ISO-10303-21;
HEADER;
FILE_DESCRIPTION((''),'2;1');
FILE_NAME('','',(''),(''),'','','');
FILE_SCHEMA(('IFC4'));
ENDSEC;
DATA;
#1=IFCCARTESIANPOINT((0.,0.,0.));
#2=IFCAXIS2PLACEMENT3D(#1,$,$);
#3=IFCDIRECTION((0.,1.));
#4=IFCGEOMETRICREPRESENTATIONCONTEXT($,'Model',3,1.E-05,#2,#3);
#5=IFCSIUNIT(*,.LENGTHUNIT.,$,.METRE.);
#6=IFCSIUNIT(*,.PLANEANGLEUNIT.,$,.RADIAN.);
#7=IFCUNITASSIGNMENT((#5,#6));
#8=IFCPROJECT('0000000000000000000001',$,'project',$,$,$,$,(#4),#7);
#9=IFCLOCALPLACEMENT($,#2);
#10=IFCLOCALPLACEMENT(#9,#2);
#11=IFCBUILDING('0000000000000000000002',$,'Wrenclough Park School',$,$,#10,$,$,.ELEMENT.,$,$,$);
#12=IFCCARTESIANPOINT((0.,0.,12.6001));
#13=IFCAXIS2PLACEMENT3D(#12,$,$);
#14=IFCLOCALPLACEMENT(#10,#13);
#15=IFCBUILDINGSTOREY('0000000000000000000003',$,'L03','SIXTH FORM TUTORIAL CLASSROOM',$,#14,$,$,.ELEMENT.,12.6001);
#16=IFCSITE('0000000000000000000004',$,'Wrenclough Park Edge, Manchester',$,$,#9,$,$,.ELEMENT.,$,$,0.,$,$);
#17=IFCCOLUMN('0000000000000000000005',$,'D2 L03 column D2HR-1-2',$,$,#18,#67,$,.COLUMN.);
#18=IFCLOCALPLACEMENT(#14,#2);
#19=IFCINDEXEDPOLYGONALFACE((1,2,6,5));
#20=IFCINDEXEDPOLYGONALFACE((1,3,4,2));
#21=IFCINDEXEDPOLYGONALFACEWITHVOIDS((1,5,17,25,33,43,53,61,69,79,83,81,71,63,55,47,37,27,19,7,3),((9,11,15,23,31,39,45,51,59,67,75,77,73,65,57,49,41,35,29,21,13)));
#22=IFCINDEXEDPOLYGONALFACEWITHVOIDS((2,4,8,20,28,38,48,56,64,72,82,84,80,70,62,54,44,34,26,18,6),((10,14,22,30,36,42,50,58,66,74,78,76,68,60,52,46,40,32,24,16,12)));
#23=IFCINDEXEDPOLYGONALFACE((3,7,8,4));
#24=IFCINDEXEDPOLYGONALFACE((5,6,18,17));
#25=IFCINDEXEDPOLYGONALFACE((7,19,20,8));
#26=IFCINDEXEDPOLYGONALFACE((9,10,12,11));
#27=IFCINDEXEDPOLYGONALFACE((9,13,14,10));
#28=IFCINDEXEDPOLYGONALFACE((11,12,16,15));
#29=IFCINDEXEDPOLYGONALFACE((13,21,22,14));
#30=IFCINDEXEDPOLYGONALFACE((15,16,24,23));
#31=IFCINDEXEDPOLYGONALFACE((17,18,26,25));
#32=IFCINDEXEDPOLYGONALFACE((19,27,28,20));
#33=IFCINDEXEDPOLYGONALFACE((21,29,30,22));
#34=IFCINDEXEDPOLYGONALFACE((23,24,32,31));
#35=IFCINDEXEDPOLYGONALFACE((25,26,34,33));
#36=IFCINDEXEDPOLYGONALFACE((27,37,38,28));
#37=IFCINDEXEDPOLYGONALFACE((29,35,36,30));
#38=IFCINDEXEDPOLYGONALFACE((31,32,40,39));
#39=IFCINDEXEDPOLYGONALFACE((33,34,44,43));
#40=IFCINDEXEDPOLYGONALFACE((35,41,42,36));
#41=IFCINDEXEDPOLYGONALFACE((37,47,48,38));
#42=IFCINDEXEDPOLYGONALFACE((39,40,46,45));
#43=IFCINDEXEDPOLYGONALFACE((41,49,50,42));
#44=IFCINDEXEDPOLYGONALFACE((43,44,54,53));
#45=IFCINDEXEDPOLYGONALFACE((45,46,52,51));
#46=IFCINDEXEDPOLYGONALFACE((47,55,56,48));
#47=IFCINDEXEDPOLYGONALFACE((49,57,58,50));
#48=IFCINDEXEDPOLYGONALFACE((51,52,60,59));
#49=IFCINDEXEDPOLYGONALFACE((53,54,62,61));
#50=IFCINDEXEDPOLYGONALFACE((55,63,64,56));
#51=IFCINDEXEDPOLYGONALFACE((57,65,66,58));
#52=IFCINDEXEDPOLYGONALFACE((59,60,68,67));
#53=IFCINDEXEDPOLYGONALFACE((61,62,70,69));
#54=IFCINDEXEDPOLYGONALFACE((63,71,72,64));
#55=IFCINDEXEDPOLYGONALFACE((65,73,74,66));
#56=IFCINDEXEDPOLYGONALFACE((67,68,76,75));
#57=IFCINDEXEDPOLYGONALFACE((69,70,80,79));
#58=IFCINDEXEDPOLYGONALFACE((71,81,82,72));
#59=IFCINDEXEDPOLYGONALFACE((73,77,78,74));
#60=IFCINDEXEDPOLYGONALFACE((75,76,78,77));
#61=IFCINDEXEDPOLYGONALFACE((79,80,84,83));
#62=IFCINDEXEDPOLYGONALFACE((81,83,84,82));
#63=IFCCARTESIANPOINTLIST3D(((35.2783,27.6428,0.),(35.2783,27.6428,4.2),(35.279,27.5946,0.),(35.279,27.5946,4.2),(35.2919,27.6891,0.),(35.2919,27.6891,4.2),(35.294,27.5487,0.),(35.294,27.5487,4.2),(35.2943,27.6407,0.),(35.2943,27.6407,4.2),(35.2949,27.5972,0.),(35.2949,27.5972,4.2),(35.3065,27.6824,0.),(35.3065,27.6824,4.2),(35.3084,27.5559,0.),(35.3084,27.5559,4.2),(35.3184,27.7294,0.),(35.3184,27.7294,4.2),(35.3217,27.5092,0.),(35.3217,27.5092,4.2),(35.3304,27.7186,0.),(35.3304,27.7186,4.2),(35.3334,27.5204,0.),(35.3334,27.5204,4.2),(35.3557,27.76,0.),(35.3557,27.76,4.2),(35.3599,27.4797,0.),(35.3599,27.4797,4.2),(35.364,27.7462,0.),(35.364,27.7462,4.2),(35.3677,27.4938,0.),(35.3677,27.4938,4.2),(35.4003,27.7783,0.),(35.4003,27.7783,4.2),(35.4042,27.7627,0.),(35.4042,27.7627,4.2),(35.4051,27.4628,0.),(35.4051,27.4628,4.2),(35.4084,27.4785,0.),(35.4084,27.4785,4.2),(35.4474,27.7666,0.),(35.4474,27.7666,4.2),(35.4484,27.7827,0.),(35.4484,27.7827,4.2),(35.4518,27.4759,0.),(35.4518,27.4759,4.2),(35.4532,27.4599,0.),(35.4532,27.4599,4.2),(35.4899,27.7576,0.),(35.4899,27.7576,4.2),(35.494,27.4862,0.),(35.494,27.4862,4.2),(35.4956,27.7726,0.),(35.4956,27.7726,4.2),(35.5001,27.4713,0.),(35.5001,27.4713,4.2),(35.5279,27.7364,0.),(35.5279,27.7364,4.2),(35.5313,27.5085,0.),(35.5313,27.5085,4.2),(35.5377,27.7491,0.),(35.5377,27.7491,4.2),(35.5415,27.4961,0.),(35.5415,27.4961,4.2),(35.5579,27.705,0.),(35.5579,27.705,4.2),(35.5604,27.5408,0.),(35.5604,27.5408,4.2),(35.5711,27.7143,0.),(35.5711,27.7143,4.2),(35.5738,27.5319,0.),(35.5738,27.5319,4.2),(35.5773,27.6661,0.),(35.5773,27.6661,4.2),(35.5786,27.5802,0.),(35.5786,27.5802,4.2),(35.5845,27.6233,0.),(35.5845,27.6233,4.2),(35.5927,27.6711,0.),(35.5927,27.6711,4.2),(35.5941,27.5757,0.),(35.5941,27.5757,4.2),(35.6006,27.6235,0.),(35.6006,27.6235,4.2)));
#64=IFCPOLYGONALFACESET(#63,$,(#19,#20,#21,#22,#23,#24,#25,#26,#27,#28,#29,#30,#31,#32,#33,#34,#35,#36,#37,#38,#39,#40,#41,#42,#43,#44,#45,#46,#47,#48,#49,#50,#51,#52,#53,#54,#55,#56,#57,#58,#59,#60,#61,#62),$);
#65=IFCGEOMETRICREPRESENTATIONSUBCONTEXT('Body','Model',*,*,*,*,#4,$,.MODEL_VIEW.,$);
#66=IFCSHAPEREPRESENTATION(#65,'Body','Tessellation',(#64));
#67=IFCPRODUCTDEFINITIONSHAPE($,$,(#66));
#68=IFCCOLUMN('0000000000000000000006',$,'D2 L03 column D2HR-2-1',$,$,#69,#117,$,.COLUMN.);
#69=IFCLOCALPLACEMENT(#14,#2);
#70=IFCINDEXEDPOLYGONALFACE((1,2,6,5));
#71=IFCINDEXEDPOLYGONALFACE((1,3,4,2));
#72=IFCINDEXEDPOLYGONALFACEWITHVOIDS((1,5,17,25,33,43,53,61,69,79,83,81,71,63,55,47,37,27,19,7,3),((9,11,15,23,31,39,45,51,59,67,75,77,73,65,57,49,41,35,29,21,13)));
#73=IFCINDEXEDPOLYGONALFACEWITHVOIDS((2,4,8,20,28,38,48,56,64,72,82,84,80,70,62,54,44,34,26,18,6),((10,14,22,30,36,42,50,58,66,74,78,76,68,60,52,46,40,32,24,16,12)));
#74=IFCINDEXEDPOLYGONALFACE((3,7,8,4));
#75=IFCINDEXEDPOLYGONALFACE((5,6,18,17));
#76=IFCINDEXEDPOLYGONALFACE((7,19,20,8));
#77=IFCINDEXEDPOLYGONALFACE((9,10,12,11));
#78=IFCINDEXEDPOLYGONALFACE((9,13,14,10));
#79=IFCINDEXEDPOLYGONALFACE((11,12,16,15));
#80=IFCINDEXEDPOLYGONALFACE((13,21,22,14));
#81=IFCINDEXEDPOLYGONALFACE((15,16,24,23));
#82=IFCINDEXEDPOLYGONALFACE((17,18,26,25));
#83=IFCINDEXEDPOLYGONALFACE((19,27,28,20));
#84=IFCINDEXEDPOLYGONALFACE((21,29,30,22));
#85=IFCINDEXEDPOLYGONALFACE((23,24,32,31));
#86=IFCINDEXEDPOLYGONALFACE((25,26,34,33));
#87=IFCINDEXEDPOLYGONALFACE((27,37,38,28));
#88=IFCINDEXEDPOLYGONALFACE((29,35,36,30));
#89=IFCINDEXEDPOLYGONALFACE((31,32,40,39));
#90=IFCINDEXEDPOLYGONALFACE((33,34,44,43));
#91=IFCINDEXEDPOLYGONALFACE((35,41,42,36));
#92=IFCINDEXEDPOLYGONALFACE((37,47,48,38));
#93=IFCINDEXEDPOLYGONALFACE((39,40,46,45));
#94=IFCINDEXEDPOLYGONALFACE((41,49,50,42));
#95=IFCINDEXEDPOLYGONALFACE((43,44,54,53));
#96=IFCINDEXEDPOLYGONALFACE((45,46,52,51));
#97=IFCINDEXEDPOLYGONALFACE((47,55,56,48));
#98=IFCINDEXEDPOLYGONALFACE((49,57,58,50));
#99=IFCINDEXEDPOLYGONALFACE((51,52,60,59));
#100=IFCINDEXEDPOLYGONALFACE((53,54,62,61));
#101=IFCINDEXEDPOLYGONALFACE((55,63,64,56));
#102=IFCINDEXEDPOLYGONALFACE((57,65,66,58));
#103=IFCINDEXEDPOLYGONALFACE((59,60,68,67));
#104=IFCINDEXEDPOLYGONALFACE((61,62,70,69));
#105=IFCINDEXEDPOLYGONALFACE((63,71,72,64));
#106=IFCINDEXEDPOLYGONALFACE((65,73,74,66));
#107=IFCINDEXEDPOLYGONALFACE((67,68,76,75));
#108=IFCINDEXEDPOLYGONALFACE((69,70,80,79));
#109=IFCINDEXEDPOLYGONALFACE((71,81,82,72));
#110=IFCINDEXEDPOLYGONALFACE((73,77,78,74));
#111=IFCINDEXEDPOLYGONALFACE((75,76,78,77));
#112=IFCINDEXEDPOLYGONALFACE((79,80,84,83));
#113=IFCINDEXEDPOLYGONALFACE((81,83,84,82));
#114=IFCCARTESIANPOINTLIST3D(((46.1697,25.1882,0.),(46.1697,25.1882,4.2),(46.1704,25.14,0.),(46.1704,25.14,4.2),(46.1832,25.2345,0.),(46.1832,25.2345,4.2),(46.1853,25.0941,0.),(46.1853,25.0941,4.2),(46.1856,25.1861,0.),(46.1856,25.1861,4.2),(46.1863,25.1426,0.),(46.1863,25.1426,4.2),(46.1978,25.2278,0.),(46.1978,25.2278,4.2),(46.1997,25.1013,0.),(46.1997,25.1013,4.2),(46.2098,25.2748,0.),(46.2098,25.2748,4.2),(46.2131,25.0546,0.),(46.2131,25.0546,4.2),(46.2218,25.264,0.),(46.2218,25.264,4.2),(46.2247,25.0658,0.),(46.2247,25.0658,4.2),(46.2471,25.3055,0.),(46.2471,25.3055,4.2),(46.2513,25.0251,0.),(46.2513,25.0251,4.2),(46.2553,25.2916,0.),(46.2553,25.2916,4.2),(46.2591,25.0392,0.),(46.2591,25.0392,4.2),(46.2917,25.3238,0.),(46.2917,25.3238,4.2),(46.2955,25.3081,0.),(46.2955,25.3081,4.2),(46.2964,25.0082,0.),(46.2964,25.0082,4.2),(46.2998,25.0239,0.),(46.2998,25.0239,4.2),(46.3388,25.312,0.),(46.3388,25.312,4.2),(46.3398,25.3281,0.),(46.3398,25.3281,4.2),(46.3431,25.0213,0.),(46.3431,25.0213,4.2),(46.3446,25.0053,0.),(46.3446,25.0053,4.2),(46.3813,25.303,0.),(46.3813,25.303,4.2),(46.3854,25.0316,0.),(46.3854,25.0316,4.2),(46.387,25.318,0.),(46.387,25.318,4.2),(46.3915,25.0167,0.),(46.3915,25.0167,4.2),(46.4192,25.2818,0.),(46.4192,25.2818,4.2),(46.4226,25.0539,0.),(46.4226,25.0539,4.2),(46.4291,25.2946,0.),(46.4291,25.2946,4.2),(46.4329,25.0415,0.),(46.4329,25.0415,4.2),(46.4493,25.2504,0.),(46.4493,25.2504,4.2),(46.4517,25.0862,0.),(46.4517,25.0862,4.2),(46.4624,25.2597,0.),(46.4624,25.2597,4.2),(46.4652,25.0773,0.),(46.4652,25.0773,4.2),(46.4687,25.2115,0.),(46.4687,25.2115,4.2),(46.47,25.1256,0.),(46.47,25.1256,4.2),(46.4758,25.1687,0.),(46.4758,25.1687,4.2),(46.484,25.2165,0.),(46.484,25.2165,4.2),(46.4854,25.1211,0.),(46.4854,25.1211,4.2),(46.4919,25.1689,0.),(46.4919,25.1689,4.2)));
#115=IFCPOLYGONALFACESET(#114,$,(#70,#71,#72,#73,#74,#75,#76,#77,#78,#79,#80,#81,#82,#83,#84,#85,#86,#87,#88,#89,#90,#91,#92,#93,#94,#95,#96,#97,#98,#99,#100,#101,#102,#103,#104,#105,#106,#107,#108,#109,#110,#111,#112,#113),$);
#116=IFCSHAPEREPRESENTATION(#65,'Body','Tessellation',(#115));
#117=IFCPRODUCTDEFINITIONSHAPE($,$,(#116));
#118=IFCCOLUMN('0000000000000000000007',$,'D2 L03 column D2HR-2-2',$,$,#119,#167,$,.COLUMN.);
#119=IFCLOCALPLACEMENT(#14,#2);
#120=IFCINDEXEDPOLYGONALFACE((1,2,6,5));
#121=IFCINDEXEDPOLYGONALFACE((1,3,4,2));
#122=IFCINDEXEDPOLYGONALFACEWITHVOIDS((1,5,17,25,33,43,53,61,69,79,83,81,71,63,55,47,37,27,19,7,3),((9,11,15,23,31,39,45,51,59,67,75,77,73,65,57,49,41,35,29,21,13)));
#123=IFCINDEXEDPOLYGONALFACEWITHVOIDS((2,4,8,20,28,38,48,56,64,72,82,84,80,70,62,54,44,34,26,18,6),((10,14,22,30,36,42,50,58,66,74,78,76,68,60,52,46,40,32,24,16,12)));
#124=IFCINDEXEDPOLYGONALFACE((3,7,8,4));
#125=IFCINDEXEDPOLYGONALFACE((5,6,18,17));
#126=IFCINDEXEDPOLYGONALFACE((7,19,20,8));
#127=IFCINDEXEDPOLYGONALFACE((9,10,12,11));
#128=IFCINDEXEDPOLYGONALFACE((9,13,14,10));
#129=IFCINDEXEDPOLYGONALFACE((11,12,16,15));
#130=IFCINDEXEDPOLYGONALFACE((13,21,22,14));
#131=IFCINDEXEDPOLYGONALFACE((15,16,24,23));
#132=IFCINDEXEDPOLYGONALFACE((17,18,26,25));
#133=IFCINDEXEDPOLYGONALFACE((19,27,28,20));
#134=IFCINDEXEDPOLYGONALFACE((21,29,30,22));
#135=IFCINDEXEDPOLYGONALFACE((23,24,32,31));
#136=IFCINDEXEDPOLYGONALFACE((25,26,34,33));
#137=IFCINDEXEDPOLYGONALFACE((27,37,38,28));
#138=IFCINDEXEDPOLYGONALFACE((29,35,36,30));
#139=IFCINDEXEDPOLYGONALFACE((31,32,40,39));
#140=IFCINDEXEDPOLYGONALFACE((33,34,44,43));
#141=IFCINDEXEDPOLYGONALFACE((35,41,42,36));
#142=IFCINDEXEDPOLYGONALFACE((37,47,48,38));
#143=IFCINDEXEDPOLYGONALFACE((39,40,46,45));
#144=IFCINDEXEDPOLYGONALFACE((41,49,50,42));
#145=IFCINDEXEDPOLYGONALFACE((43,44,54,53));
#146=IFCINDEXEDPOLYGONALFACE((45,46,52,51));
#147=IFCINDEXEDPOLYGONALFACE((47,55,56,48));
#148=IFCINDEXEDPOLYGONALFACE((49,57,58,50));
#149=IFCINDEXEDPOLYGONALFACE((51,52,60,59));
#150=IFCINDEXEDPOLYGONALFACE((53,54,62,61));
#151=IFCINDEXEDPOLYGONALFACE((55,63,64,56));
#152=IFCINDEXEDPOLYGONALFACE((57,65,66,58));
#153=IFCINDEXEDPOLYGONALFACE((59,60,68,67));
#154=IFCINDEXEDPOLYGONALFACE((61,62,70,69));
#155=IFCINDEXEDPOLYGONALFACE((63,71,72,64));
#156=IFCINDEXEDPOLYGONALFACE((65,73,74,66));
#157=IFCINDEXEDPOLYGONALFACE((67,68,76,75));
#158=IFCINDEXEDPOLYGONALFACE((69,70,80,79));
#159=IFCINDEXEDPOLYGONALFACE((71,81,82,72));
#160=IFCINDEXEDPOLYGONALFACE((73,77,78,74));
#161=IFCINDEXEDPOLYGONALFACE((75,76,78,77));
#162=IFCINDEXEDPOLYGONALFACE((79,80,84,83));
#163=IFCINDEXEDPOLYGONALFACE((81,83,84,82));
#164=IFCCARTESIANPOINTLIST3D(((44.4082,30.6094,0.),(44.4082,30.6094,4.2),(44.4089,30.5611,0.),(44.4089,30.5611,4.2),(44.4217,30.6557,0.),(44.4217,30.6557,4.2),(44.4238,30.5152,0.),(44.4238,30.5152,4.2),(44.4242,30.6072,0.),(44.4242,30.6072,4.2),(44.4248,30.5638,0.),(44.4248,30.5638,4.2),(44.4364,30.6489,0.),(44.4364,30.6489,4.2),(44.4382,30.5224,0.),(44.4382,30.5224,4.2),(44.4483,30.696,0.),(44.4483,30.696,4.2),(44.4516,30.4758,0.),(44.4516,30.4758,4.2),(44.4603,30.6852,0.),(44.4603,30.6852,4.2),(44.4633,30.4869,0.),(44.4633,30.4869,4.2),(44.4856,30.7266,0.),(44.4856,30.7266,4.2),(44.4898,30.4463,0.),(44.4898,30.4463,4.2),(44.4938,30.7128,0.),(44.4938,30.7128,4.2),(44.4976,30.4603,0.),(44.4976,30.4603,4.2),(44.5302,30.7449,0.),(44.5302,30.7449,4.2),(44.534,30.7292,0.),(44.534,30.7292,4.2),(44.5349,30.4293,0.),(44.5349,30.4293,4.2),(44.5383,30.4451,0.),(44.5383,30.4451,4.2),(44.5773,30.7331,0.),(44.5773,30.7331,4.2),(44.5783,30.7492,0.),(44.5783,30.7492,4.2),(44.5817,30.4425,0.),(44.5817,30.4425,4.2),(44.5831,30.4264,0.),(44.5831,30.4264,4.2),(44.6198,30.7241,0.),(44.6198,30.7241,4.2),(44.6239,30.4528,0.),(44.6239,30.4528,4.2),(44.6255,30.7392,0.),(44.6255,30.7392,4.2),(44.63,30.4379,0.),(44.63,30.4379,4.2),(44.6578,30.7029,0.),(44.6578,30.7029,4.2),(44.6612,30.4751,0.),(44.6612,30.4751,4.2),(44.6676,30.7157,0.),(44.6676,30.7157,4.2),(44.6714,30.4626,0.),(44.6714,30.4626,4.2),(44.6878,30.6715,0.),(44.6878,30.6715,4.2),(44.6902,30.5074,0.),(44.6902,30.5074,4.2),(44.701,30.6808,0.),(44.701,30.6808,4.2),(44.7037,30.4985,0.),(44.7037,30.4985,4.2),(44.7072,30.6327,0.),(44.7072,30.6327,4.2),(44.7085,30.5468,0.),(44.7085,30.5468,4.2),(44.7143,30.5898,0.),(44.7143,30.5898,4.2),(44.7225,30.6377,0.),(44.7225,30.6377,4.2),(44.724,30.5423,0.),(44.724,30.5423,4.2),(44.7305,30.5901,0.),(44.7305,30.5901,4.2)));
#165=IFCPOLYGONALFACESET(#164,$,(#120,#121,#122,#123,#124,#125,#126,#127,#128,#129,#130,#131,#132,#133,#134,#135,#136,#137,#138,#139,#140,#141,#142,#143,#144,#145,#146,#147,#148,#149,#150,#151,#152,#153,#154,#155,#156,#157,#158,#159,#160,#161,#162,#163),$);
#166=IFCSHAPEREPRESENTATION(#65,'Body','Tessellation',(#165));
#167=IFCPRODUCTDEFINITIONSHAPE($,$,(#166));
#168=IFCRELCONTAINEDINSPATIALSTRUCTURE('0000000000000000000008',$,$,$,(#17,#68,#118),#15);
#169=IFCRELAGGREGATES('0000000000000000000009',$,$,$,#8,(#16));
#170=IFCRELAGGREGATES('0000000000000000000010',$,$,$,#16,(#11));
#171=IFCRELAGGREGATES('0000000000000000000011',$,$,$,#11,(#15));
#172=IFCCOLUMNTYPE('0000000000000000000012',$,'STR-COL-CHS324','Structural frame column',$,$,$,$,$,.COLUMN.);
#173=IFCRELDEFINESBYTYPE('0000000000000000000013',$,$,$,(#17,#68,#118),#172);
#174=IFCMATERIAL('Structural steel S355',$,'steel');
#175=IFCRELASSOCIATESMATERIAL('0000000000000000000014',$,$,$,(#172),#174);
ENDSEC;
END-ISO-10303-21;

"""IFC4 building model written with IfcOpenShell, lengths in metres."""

from ifc_helpers import new_model, si_unit, direction, frame, origin, origin_2d, place, context, subcontext, project, spatial, hollow_circle, extrude, material, material_profile, profile_set, type_object, element, save


model = new_model("IFC4")

# Units and contexts
model_context = context("Model", 3, precision=1e-05, world=origin(), true_north=direction((0.0, 1.0)))
body_context = subcontext(model_context, "Body", "Model", "MODEL_VIEW")
ifc_project = project(units=[si_unit("LENGTHUNIT", "METRE"), si_unit("PLANEANGLEUNIT", "RADIAN")], contexts=[model_context])

# Site, building, storey
site_placement = place(None, origin())
site = spatial("IfcSite", under=ifc_project, at=site_placement, Name="Wrenclough Park Edge, Manchester", CompositionType="ELEMENT", RefElevation=0.0)
building_placement = place(site_placement, origin())
building = spatial("IfcBuilding", under=site, at=building_placement, Name="Wrenclough Park School", CompositionType="ELEMENT")
storey_placement = place(building_placement, frame((0.0, 0.0, 12.6001)))
storey = spatial("IfcBuildingStorey", under=building, at=storey_placement, Name="L03", Description="SIXTH FORM TUTORIAL CLASSROOM", CompositionType="ELEMENT", Elevation=12.6001)

# Columns
ifc_material_1 = material(Name="Structural steel S355", Category="steel")
ifc_material_profile_1 = material_profile(ifc_material_1, hollow_circle(Radius=0.1619, WallThickness=0.0161, at=origin_2d()), Name="CHS 323.9x16.0")
ifc_profile_set_1 = profile_set([ifc_material_profile_1], Name="Structural steel S355")
column_type = type_object("IfcColumnType", Name="STR-COL-CHS324", Description="Structural frame column", PredefinedType="COLUMN", material=ifc_profile_set_1)
for number, where, z_axis, x_axis, name in (
    (1, (35.4387, 27.6211, 0.0), (0.0, 0.0, 1.0), (0.951057, 0.309017, 0.0), "D2 L03 column D2HR-1-2"),
    (2, (46.3301, 25.1665, 0.0), (0.0, 0.0, 1.0), (0.951057, 0.309017, 0.0), "D2 L03 column D2HR-2-1"),
    (3, (44.5686, 30.5876, 0.0), (0.0, 0.0, 1.0), (0.951057, 0.309017, 0.0), "D2 L03 column D2HR-2-2"),
):
    element("IfcColumn", number, at=place(storey_placement, frame(where, z_axis=z_axis, x_axis=x_axis)), inside=storey, type_object=column_type, Name=name, PredefinedType="COLUMN", context=body_context, shape_type="SweptSolid", body=[
        extrude(hollow_circle(Radius=0.1619, WallThickness=0.0161, at=origin_2d()), origin(), (0.0, 0.0, 1.0), 4.2),
    ])

save(model, "model.ifc")
